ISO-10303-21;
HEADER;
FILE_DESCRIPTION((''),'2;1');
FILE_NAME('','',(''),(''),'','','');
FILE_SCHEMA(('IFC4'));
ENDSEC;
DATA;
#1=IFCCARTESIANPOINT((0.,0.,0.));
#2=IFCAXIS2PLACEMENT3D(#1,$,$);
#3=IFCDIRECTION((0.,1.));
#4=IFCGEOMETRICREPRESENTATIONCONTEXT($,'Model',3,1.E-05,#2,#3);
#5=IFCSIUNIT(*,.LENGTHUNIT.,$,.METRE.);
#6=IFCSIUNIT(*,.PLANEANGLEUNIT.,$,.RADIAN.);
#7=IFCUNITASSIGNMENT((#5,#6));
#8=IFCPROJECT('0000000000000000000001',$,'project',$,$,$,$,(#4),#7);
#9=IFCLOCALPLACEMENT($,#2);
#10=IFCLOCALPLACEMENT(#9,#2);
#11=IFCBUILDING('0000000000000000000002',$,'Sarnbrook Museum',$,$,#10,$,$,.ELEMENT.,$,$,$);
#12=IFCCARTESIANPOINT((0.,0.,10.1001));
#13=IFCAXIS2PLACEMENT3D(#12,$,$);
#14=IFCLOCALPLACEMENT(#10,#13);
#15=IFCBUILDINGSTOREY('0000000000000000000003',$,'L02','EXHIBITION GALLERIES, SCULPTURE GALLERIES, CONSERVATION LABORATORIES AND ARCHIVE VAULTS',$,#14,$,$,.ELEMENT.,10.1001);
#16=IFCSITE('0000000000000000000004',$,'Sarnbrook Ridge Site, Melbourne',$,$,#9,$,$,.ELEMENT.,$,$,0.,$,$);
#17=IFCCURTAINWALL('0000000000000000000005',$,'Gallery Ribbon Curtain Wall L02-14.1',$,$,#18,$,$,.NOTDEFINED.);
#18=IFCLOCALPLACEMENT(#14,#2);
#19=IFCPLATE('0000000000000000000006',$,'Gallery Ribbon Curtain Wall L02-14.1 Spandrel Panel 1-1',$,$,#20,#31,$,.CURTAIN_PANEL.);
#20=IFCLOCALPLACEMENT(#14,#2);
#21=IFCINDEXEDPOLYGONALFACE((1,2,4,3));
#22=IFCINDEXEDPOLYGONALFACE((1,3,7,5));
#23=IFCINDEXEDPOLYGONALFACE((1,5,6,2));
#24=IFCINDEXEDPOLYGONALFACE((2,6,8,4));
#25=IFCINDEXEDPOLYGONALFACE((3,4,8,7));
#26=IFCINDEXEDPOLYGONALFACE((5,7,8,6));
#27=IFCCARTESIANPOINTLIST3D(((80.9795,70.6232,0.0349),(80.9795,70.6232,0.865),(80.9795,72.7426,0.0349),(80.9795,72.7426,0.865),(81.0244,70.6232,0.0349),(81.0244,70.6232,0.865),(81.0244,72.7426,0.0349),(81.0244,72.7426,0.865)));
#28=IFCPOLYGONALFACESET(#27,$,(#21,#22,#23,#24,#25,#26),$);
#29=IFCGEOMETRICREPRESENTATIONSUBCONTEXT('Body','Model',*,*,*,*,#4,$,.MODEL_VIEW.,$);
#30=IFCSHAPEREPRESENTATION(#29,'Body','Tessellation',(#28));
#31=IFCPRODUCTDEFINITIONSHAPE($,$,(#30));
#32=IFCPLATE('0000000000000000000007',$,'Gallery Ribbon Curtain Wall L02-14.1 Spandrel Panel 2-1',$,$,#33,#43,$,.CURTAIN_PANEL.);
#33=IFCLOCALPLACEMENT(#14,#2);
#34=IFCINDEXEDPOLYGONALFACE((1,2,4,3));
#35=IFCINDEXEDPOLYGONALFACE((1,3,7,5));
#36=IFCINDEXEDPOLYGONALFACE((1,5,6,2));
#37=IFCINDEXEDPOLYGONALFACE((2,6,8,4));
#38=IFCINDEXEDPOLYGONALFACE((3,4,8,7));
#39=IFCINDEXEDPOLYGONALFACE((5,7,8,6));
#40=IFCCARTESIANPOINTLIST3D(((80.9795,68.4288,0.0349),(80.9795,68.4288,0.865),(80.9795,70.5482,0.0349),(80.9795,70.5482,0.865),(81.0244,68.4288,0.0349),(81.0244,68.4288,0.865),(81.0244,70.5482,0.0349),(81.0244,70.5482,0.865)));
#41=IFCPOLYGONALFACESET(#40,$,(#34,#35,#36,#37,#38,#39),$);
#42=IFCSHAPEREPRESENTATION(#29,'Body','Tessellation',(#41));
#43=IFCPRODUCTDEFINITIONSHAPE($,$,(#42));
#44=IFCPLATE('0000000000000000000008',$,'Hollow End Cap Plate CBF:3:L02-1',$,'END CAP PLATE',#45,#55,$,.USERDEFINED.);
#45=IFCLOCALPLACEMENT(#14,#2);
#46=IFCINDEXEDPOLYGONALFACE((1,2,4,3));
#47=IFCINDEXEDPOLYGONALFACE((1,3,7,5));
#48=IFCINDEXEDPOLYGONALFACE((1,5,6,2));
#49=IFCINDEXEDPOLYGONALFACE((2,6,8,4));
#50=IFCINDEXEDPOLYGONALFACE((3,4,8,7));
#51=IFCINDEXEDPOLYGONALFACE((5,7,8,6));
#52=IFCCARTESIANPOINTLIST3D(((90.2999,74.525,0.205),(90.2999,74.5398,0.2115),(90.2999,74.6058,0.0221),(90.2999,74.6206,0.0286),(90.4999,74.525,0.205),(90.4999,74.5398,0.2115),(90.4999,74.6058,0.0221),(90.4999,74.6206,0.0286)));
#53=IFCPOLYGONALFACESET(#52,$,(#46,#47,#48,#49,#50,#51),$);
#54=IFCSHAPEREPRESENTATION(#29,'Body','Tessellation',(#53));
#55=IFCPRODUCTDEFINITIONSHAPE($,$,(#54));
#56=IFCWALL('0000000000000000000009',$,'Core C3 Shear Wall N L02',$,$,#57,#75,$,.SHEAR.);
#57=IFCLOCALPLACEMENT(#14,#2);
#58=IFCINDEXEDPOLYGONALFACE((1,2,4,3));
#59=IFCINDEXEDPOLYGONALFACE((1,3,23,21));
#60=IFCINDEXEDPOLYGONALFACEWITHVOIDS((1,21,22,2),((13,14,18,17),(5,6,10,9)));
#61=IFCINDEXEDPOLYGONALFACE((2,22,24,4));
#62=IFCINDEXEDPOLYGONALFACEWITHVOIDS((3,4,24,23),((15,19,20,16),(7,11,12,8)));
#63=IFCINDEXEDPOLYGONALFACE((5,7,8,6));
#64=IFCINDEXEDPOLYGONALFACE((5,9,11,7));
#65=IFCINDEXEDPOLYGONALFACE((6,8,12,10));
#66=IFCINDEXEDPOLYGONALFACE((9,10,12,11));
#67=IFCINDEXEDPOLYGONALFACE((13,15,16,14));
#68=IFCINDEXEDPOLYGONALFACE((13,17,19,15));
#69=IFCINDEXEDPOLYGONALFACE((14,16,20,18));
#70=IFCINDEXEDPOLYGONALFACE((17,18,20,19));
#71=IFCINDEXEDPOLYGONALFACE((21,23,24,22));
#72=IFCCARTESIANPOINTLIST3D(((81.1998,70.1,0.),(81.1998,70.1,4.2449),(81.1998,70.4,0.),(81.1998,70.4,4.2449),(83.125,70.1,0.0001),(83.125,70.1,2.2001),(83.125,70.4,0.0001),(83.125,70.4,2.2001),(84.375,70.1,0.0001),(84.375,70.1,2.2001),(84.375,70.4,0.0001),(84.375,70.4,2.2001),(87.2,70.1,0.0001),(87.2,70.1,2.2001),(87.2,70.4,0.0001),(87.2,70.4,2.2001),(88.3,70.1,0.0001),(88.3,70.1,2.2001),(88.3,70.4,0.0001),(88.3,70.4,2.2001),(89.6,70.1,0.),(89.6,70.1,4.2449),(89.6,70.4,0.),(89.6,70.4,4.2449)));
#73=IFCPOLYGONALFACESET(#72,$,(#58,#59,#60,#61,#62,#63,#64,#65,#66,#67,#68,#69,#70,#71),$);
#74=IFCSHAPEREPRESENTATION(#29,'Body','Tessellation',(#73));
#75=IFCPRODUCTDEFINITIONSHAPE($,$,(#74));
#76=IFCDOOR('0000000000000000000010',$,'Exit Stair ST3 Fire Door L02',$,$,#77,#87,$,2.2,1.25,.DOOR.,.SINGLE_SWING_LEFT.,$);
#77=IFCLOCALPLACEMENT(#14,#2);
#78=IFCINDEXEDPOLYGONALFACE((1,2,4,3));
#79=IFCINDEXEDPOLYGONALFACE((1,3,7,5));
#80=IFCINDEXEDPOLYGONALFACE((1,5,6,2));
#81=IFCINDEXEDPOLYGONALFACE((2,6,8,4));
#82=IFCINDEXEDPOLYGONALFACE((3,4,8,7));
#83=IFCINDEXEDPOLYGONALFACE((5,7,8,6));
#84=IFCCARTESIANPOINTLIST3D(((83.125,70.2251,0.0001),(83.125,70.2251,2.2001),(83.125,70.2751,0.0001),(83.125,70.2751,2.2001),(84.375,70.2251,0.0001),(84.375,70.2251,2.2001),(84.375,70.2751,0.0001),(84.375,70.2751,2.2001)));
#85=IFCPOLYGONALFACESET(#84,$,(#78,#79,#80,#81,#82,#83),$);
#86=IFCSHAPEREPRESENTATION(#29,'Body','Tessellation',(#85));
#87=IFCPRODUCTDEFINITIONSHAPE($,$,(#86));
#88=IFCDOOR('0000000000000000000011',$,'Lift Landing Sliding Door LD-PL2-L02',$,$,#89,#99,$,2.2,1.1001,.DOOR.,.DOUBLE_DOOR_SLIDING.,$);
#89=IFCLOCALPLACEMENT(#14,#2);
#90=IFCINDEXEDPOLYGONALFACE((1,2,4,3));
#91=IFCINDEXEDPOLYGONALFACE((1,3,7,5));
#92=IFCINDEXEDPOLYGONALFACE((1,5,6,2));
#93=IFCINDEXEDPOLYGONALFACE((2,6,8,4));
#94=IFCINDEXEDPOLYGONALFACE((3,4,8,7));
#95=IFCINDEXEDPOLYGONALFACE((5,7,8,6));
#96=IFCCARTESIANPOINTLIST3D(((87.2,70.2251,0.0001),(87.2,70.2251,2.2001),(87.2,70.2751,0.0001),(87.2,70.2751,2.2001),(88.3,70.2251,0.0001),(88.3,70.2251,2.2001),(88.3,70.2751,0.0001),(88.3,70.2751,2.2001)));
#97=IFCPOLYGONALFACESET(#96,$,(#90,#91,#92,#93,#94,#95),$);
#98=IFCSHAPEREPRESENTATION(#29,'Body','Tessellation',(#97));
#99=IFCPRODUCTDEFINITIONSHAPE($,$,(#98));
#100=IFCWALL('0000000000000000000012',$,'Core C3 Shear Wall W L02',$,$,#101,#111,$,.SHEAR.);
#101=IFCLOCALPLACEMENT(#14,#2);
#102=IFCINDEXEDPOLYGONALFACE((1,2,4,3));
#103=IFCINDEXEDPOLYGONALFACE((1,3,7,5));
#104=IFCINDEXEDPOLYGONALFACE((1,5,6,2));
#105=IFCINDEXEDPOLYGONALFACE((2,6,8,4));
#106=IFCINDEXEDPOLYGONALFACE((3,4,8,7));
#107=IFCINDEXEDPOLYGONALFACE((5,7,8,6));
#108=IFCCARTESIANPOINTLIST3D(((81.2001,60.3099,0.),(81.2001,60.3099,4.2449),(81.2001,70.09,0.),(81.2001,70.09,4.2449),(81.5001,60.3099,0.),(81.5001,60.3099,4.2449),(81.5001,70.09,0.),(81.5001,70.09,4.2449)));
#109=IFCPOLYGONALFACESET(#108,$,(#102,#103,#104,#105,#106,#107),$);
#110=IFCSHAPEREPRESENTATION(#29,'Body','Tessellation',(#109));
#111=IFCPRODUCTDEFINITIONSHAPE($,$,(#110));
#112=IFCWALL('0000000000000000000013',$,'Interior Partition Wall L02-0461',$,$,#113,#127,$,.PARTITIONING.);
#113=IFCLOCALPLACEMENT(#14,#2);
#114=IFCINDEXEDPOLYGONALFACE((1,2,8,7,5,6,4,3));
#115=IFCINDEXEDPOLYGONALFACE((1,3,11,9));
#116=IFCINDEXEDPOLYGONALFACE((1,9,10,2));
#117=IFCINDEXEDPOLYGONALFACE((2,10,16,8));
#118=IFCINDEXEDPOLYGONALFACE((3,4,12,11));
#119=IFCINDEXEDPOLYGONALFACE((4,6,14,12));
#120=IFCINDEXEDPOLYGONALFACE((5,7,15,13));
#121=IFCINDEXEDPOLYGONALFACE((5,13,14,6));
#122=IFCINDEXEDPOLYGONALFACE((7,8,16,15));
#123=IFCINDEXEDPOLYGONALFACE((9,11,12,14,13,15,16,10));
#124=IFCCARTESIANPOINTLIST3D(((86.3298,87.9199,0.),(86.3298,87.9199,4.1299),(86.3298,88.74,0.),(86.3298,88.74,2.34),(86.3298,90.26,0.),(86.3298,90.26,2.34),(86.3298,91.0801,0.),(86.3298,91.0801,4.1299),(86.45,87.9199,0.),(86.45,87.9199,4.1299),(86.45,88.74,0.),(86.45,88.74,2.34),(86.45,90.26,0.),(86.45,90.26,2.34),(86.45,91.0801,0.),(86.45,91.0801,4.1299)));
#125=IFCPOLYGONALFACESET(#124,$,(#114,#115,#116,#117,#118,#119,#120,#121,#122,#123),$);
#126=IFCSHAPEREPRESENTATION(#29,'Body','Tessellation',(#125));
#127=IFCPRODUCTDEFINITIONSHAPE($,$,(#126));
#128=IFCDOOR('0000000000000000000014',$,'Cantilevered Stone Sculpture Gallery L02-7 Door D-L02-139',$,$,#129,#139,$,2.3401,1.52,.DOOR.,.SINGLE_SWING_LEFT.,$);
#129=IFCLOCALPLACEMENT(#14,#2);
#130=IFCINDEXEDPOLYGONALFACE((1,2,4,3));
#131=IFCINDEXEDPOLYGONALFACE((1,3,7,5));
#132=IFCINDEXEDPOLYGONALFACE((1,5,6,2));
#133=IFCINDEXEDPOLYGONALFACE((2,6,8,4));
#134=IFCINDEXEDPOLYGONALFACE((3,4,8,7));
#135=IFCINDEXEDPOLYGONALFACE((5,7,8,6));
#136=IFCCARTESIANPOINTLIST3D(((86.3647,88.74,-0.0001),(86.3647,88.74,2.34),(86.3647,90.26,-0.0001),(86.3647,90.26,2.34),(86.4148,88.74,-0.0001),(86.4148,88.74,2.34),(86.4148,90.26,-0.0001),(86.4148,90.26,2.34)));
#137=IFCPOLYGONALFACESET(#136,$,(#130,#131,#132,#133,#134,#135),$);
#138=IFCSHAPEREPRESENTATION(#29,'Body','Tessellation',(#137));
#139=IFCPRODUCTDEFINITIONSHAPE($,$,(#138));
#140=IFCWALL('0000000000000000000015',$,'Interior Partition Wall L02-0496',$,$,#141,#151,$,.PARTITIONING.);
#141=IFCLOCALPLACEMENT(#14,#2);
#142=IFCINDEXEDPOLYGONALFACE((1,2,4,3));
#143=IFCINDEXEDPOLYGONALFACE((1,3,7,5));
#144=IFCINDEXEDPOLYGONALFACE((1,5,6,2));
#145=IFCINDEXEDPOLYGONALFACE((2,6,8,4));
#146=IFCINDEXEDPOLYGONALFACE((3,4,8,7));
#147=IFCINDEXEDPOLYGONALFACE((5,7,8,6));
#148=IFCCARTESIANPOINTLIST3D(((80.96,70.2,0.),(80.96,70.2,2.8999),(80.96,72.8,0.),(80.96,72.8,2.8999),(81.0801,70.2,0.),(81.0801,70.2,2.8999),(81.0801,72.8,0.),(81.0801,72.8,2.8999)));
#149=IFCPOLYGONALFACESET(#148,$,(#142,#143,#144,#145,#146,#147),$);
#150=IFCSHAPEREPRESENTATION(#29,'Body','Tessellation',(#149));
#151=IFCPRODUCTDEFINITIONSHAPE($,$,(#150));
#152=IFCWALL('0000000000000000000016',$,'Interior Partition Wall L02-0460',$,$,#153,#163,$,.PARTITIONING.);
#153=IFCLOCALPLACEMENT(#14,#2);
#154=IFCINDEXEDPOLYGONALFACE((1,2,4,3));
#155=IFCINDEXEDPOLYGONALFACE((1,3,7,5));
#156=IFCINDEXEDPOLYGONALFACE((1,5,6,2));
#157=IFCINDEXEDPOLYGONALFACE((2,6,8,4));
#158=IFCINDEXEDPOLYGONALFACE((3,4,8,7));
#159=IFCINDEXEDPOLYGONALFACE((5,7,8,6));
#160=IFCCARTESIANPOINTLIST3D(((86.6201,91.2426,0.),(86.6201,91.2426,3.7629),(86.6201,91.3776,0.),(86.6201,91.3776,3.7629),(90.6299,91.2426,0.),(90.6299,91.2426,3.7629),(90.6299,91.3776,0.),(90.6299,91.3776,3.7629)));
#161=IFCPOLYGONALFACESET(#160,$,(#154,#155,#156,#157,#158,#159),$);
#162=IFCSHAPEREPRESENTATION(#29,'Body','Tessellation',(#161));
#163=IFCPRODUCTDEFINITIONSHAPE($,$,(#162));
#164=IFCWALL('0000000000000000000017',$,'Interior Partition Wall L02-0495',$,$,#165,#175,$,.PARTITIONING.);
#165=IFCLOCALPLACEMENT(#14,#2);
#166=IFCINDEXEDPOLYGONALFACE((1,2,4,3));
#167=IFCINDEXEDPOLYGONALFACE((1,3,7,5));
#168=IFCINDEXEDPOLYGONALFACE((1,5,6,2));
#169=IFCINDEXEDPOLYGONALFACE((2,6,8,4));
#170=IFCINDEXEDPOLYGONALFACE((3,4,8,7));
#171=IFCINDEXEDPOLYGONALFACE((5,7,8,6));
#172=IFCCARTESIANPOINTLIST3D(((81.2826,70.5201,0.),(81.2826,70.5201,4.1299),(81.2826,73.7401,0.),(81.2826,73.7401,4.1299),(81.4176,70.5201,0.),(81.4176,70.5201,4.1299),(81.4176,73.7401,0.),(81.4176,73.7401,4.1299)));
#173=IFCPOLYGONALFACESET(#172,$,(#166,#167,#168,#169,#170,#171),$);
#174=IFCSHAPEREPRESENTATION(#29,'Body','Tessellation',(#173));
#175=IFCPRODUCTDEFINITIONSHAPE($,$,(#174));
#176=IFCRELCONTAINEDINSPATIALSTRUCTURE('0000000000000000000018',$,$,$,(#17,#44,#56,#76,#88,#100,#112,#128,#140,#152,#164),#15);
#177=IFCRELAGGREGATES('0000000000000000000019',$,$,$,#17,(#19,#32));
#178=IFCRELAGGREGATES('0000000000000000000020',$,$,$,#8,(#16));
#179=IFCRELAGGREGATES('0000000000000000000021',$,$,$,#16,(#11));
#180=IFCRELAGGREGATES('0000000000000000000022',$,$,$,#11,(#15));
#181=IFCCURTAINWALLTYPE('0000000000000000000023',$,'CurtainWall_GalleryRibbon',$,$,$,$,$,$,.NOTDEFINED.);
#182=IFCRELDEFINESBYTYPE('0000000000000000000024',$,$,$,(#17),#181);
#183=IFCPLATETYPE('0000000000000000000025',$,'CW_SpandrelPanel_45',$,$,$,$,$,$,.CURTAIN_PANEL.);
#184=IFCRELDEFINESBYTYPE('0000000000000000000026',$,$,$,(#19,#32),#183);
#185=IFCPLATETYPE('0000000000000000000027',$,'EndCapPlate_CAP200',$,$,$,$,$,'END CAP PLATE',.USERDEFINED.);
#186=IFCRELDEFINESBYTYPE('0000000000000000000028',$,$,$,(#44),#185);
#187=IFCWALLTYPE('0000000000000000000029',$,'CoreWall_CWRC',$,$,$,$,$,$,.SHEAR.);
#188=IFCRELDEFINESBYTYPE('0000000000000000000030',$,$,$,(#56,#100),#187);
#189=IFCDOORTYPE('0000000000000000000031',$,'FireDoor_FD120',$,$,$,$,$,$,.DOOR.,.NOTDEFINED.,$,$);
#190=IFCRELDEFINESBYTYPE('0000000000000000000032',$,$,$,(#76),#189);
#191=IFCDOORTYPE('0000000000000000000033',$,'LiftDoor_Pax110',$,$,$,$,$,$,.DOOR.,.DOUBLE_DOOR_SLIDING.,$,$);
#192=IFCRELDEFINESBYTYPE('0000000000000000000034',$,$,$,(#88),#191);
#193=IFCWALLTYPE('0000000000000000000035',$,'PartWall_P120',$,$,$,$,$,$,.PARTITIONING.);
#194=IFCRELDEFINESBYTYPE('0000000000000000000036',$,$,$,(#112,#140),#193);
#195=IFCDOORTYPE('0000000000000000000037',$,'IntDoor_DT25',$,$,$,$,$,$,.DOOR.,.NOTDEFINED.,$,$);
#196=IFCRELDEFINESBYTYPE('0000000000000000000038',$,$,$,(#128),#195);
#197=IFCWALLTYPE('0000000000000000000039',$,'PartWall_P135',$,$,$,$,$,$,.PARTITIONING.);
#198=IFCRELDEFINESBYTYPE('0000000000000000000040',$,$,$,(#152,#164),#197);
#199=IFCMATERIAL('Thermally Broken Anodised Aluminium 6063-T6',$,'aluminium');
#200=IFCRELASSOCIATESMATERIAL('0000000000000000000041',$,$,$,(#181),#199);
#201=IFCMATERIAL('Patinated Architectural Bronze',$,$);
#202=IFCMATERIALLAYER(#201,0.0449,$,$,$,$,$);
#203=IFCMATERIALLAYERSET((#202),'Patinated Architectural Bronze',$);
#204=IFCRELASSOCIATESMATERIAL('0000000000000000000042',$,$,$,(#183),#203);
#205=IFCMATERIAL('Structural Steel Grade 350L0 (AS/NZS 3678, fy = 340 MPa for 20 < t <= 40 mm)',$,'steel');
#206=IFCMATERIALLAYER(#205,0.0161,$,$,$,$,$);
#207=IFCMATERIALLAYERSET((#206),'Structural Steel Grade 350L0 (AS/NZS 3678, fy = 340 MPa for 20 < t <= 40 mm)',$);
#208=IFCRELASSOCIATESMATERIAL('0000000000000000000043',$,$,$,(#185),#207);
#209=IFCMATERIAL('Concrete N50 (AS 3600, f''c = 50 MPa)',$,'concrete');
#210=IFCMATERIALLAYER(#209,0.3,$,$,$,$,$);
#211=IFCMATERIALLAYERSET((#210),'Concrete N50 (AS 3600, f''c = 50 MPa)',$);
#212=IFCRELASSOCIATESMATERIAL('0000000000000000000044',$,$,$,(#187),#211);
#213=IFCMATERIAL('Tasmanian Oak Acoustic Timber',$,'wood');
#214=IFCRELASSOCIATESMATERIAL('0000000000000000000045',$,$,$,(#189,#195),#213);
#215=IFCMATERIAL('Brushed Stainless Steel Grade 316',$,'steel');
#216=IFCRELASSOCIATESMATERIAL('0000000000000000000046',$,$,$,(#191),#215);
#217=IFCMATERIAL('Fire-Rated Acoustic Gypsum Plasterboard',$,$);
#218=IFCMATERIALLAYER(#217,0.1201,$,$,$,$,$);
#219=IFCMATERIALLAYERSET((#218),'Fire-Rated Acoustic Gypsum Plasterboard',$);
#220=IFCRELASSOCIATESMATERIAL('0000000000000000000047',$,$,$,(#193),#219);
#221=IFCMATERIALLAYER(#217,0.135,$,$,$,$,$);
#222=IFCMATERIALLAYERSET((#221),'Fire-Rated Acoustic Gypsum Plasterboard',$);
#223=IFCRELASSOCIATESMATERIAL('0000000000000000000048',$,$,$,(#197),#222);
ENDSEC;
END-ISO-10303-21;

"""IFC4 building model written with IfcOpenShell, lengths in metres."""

from ifc_helpers import new_model, si_unit, direction, frame, frame_2d, origin, origin_2d, place, context, subcontext, project, spatial, rectangle, extrude, material, layer, layer_set, type_object, element, fill, aggregate, save


model = new_model("IFC4")

# Units and contexts
model_context = context("Model", 3, precision=1e-05, world=origin(), true_north=direction((0.0, 1.0)))
body_context = subcontext(model_context, "Body", "Model", "MODEL_VIEW")
ifc_project = project(units=[si_unit("LENGTHUNIT", "METRE"), si_unit("PLANEANGLEUNIT", "RADIAN")], contexts=[model_context])

# Site, building, storey
site_placement = place(None, origin())
site = spatial("IfcSite", under=ifc_project, at=site_placement, Name="Sarnbrook Ridge Site, Melbourne", CompositionType="ELEMENT", RefElevation=0.0)
building_placement = place(site_placement, origin())
building = spatial("IfcBuilding", under=site, at=building_placement, Name="Sarnbrook Museum", CompositionType="ELEMENT")
storey_placement = place(building_placement, frame((0.0, 0.0, 10.1001)))
storey = spatial("IfcBuildingStorey", under=building, at=storey_placement, Name="L02", Description="EXHIBITION GALLERIES, SCULPTURE GALLERIES, CONSERVATION LABORATORIES AND ARCHIVE VAULTS", CompositionType="ELEMENT", Elevation=10.1001)

# Shared definitions
ifc_material_1 = material(Name="Structural Steel Grade 350L0 (AS/NZS 3678, fy = 340 MPa for 20 < t <= 40 mm)", Category="steel")

# Curtain wall, plates
ifc_material_2 = material(Name="Thermally Broken Anodised Aluminium 6063-T6", Category="aluminium")
curtain_wall_type = type_object("IfcCurtainWallType", Name="CurtainWall_GalleryRibbon", PredefinedType="NOTDEFINED", material=ifc_material_2)
curtain_wall_placement = place(storey_placement, origin())
curtain_wall = element("IfcCurtainWall", 1, at=curtain_wall_placement, inside=storey, type_object=curtain_wall_type, Name="Gallery Ribbon Curtain Wall L02-14.1", PredefinedType="NOTDEFINED")
ifc_material_3 = material(Name="Patinated Architectural Bronze")
ifc_layer_1 = layer(ifc_material_3, 0.0449)
ifc_layer_set_1 = layer_set([ifc_layer_1], Name="Patinated Architectural Bronze")
plate_type_1 = type_object("IfcPlateType", Name="CW_SpandrelPanel_45", PredefinedType="CURTAIN_PANEL", material=ifc_layer_set_1)
plate_1_placement = place(storey_placement, frame((81.0244, 71.6829, 0.45), z_axis=(-1.0, 0.0, 0.0), x_axis=(0.0, -1.0, 0.0)))
plate_1 = element("IfcPlate", 2, at=plate_1_placement, type_object=plate_type_1, Name="Gallery Ribbon Curtain Wall L02-14.1 Spandrel Panel 1-1", PredefinedType="CURTAIN_PANEL", context=body_context, shape_type="SweptSolid", body=[
    extrude(rectangle(XDim=2.1194, YDim=0.8301, at=origin_2d()), origin(), (0.0, 0.0, 1.0), 0.0449),
])
plate_2_placement = place(storey_placement, frame((81.0244, 69.4885, 0.45), z_axis=(-1.0, 0.0, 0.0), x_axis=(0.0, -1.0, 0.0)))
plate_2 = element("IfcPlate", 3, at=plate_2_placement, type_object=plate_type_1, Name="Gallery Ribbon Curtain Wall L02-14.1 Spandrel Panel 2-1", PredefinedType="CURTAIN_PANEL", context=body_context, shape_type="SweptSolid", body=[
    extrude(rectangle(XDim=2.1194, YDim=0.8301, at=origin_2d()), origin(), (0.0, 0.0, 1.0), 0.0449),
])
aggregate(curtain_wall, [plate_1, plate_2])

# Plate
ifc_layer_2 = layer(ifc_material_1, 0.0161)
ifc_layer_set_2 = layer_set([ifc_layer_2], Name="Structural Steel Grade 350L0 (AS/NZS 3678, fy = 340 MPa for 20 < t <= 40 mm)")
plate_type_2 = type_object("IfcPlateType", Name="EndCapPlate_CAP200", ElementType="END CAP PLATE", PredefinedType="USERDEFINED", material=ifc_layer_set_2)
plate_3_placement = place(storey_placement, frame((90.3999, 74.5654, 0.1135), z_axis=(0.0, 0.914659, 0.404227), x_axis=(-1.0, 0.0, 0.0)))
element("IfcPlate", 4, at=plate_3_placement, inside=storey, type_object=plate_type_2, Name="Hollow End Cap Plate CBF:3:L02-1", ObjectType="END CAP PLATE", PredefinedType="USERDEFINED", context=body_context, shape_type="SweptSolid", body=[
    extrude(rectangle(XDim=0.2, YDim=0.2, at=origin_2d()), origin(), (0.0, 0.0, 1.0), 0.0161),
])

# Wall, openings, doors
ifc_material_4 = material(Name="Concrete N50 (AS 3600, f'c = 50 MPa)", Category="concrete")
ifc_layer_3 = layer(ifc_material_4, 0.3)
ifc_layer_set_3 = layer_set([ifc_layer_3], Name="Concrete N50 (AS 3600, f'c = 50 MPa)")
wall_type_1 = type_object("IfcWallType", Name="CoreWall_CWRC", PredefinedType="SHEAR", material=ifc_layer_set_3)
wall_1_placement = place(storey_placement, frame((89.6001, 70.25, 0.0), z_axis=(0.0, 0.0, 1.0), x_axis=(-1.0, 0.0, 0.0)))
wall_1 = element("IfcWall", 5, at=wall_1_placement, inside=storey, type_object=wall_type_1, Name="Core C3 Shear Wall N L02", PredefinedType="SHEAR", context=body_context, shape_type="SweptSolid", body=[
    extrude(rectangle(XDim=8.4001, YDim=0.3, at=frame_2d((4.2002, 0.0))), origin(), (0.0, 0.0, 1.0), 4.2449),
])
opening_1_placement = place(wall_1_placement, frame((5.2251, 0.0, 0.0)))
opening_1 = element("IfcOpeningElement", 6, at=opening_1_placement, cuts=wall_1, PredefinedType="OPENING", context=body_context, shape_type="SweptSolid", body=[
    extrude(rectangle(XDim=1.25, YDim=2.2, at=frame_2d((0.625, 1.1001))), frame((0.0, 0.1602, 0.0), z_axis=(0.0, -1.0, 0.0), x_axis=(1.0, 0.0, 0.0)), (0.0, 0.0, 1.0), 0.3201),
])
opening_2_placement = place(wall_1_placement, frame((1.3, 0.0, 0.0)))
opening_2 = element("IfcOpeningElement", 7, at=opening_2_placement, cuts=wall_1, PredefinedType="OPENING", context=body_context, shape_type="SweptSolid", body=[
    extrude(rectangle(XDim=1.1001, YDim=2.2, at=frame_2d((0.55, 1.1001))), frame((0.0, 0.1602, 0.0), z_axis=(0.0, -1.0, 0.0), x_axis=(1.0, 0.0, 0.0)), (0.0, 0.0, 1.0), 0.3201),
])
ifc_material_5 = material(Name="Tasmanian Oak Acoustic Timber", Category="wood")
door_type_1 = type_object("IfcDoorType", Name="FireDoor_FD120", OperationType="NOTDEFINED", PredefinedType="DOOR", material=ifc_material_5)
door_1_placement = place(opening_1_placement, origin())
door_1 = element("IfcDoor", 8, at=door_1_placement, inside=storey, type_object=door_type_1, Name="Exit Stair ST3 Fire Door L02", OperationType="SINGLE_SWING_LEFT", OverallHeight=2.2, OverallWidth=1.25, PredefinedType="DOOR", context=body_context, shape_type="SweptSolid", body=[
    extrude(rectangle(XDim=1.25, YDim=2.2, at=frame_2d((0.625, 1.1001))), frame((0.0, 0.0249, 0.0), z_axis=(0.0, -1.0, 0.0), x_axis=(1.0, 0.0, 0.0)), (0.0, 0.0, 1.0), 0.05),
])
fill(opening_1, door_1)
ifc_material_6 = material(Name="Brushed Stainless Steel Grade 316", Category="steel")
door_type_2 = type_object("IfcDoorType", Name="LiftDoor_Pax110", OperationType="DOUBLE_DOOR_SLIDING", PredefinedType="DOOR", material=ifc_material_6)
door_2_placement = place(opening_2_placement, origin())
door_2 = element("IfcDoor", 9, at=door_2_placement, inside=storey, type_object=door_type_2, Name="Lift Landing Sliding Door LD-PL2-L02", OperationType="DOUBLE_DOOR_SLIDING", OverallHeight=2.2, OverallWidth=1.1001, PredefinedType="DOOR", context=body_context, shape_type="SweptSolid", body=[
    extrude(rectangle(XDim=1.1001, YDim=2.2, at=frame_2d((0.55, 1.1001))), frame((0.0, 0.0249, 0.0), z_axis=(0.0, -1.0, 0.0), x_axis=(1.0, 0.0, 0.0)), (0.0, 0.0, 1.0), 0.05),
])
fill(opening_2, door_2)

# Wall
wall_2_placement = place(storey_placement, frame((81.3501, 70.0901, 0.0), z_axis=(0.0, 0.0, 1.0), x_axis=(0.0, -1.0, 0.0)))
element("IfcWall", 10, at=wall_2_placement, inside=storey, type_object=wall_type_1, Name="Core C3 Shear Wall W L02", PredefinedType="SHEAR", context=body_context, shape_type="SweptSolid", body=[
    extrude(rectangle(XDim=9.78, YDim=0.3, at=frame_2d((4.8901, 0.0))), origin(), (0.0, 0.0, 1.0), 4.2449),
])

# Wall, opening, door
ifc_material_7 = material(Name="Fire-Rated Acoustic Gypsum Plasterboard")
ifc_layer_4 = layer(ifc_material_7, 0.1201)
ifc_layer_set_4 = layer_set([ifc_layer_4], Name="Fire-Rated Acoustic Gypsum Plasterboard")
wall_type_2 = type_object("IfcWallType", Name="PartWall_P120", PredefinedType="PARTITIONING", material=ifc_layer_set_4)
wall_3_placement = place(storey_placement, frame((86.3899, 87.9199, 0.0), z_axis=(0.0, 0.0, 1.0), x_axis=(0.0, 1.0, 0.0)))
wall_3 = element("IfcWall", 11, at=wall_3_placement, inside=storey, type_object=wall_type_2, Name="Interior Partition Wall L02-0461", PredefinedType="PARTITIONING", context=body_context, shape_type="SweptSolid", body=[
    extrude(rectangle(XDim=3.1602, YDim=0.1201, at=frame_2d((1.5801, 0.0))), origin(), (0.0, 0.0, 1.0), 4.1299),
])
opening_3_placement = place(wall_3_placement, frame((0.8201, 0.0, 0.0)))
opening_3 = element("IfcOpeningElement", 12, at=opening_3_placement, cuts=wall_3, PredefinedType="OPENING", context=body_context, shape_type="SweptSolid", body=[
    extrude(rectangle(XDim=1.52, YDim=2.3401, at=frame_2d((0.76, 1.1699))), frame((0.0, 0.0701, 0.0), z_axis=(0.0, -1.0, 0.0), x_axis=(1.0, 0.0, 0.0)), (0.0, 0.0, 1.0), 0.1401),
])
door_type_3 = type_object("IfcDoorType", Name="IntDoor_DT25", OperationType="NOTDEFINED", PredefinedType="DOOR", material=ifc_material_5)
door_3_placement = place(opening_3_placement, frame((1.52, 0.0, 0.0), z_axis=(0.0, 0.0, 1.0), x_axis=(-1.0, 0.0, 0.0)))
door_3 = element("IfcDoor", 13, at=door_3_placement, inside=storey, type_object=door_type_3, Name="Cantilevered Stone Sculpture Gallery L02-7 Door D-L02-139", OperationType="SINGLE_SWING_LEFT", OverallHeight=2.3401, OverallWidth=1.52, PredefinedType="DOOR", context=body_context, shape_type="SweptSolid", body=[
    extrude(rectangle(XDim=1.52, YDim=2.3401, at=frame_2d((0.76, 1.1699))), frame((0.0, 0.0249, 0.0), z_axis=(0.0, -1.0, 0.0), x_axis=(1.0, 0.0, 0.0)), (0.0, 0.0, 1.0), 0.05),
])
fill(opening_3, door_3)

# Walls
wall_4_placement = place(storey_placement, frame((81.02, 70.2, 0.0), z_axis=(0.0, 0.0, 1.0), x_axis=(0.0, 1.0, 0.0)))
element("IfcWall", 14, at=wall_4_placement, inside=storey, type_object=wall_type_2, Name="Interior Partition Wall L02-0496", PredefinedType="PARTITIONING", context=body_context, shape_type="SweptSolid", body=[
    extrude(rectangle(XDim=2.6001, YDim=0.1201, at=frame_2d((1.3, 0.0))), origin(), (0.0, 0.0, 1.0), 2.8999),
])
ifc_layer_5 = layer(ifc_material_7, 0.135)
ifc_layer_set_5 = layer_set([ifc_layer_5], Name="Fire-Rated Acoustic Gypsum Plasterboard")
wall_type_3 = type_object("IfcWallType", Name="PartWall_P135", PredefinedType="PARTITIONING", material=ifc_layer_set_5)
wall_5_placement = place(storey_placement, frame((86.6201, 91.3101, 0.0), z_axis=(0.0, 0.0, 1.0), x_axis=(1.0, 0.0, 0.0)))
element("IfcWall", 15, at=wall_5_placement, inside=storey, type_object=wall_type_3, Name="Interior Partition Wall L02-0460", PredefinedType="PARTITIONING", context=body_context, shape_type="SweptSolid", body=[
    extrude(rectangle(XDim=4.0098, YDim=0.135, at=frame_2d((2.0049, 0.0))), origin(), (0.0, 0.0, 1.0), 3.7629),
])
wall_6_placement = place(storey_placement, frame((81.3501, 73.74, 0.0), z_axis=(0.0, 0.0, 1.0), x_axis=(0.0, -1.0, 0.0)))
element("IfcWall", 16, at=wall_6_placement, inside=storey, type_object=wall_type_3, Name="Interior Partition Wall L02-0495", PredefinedType="PARTITIONING", context=body_context, shape_type="SweptSolid", body=[
    extrude(rectangle(XDim=3.22, YDim=0.135, at=frame_2d((1.6099, 0.0))), origin(), (0.0, 0.0, 1.0), 4.1299),
])

save(model, "model.ifc")
